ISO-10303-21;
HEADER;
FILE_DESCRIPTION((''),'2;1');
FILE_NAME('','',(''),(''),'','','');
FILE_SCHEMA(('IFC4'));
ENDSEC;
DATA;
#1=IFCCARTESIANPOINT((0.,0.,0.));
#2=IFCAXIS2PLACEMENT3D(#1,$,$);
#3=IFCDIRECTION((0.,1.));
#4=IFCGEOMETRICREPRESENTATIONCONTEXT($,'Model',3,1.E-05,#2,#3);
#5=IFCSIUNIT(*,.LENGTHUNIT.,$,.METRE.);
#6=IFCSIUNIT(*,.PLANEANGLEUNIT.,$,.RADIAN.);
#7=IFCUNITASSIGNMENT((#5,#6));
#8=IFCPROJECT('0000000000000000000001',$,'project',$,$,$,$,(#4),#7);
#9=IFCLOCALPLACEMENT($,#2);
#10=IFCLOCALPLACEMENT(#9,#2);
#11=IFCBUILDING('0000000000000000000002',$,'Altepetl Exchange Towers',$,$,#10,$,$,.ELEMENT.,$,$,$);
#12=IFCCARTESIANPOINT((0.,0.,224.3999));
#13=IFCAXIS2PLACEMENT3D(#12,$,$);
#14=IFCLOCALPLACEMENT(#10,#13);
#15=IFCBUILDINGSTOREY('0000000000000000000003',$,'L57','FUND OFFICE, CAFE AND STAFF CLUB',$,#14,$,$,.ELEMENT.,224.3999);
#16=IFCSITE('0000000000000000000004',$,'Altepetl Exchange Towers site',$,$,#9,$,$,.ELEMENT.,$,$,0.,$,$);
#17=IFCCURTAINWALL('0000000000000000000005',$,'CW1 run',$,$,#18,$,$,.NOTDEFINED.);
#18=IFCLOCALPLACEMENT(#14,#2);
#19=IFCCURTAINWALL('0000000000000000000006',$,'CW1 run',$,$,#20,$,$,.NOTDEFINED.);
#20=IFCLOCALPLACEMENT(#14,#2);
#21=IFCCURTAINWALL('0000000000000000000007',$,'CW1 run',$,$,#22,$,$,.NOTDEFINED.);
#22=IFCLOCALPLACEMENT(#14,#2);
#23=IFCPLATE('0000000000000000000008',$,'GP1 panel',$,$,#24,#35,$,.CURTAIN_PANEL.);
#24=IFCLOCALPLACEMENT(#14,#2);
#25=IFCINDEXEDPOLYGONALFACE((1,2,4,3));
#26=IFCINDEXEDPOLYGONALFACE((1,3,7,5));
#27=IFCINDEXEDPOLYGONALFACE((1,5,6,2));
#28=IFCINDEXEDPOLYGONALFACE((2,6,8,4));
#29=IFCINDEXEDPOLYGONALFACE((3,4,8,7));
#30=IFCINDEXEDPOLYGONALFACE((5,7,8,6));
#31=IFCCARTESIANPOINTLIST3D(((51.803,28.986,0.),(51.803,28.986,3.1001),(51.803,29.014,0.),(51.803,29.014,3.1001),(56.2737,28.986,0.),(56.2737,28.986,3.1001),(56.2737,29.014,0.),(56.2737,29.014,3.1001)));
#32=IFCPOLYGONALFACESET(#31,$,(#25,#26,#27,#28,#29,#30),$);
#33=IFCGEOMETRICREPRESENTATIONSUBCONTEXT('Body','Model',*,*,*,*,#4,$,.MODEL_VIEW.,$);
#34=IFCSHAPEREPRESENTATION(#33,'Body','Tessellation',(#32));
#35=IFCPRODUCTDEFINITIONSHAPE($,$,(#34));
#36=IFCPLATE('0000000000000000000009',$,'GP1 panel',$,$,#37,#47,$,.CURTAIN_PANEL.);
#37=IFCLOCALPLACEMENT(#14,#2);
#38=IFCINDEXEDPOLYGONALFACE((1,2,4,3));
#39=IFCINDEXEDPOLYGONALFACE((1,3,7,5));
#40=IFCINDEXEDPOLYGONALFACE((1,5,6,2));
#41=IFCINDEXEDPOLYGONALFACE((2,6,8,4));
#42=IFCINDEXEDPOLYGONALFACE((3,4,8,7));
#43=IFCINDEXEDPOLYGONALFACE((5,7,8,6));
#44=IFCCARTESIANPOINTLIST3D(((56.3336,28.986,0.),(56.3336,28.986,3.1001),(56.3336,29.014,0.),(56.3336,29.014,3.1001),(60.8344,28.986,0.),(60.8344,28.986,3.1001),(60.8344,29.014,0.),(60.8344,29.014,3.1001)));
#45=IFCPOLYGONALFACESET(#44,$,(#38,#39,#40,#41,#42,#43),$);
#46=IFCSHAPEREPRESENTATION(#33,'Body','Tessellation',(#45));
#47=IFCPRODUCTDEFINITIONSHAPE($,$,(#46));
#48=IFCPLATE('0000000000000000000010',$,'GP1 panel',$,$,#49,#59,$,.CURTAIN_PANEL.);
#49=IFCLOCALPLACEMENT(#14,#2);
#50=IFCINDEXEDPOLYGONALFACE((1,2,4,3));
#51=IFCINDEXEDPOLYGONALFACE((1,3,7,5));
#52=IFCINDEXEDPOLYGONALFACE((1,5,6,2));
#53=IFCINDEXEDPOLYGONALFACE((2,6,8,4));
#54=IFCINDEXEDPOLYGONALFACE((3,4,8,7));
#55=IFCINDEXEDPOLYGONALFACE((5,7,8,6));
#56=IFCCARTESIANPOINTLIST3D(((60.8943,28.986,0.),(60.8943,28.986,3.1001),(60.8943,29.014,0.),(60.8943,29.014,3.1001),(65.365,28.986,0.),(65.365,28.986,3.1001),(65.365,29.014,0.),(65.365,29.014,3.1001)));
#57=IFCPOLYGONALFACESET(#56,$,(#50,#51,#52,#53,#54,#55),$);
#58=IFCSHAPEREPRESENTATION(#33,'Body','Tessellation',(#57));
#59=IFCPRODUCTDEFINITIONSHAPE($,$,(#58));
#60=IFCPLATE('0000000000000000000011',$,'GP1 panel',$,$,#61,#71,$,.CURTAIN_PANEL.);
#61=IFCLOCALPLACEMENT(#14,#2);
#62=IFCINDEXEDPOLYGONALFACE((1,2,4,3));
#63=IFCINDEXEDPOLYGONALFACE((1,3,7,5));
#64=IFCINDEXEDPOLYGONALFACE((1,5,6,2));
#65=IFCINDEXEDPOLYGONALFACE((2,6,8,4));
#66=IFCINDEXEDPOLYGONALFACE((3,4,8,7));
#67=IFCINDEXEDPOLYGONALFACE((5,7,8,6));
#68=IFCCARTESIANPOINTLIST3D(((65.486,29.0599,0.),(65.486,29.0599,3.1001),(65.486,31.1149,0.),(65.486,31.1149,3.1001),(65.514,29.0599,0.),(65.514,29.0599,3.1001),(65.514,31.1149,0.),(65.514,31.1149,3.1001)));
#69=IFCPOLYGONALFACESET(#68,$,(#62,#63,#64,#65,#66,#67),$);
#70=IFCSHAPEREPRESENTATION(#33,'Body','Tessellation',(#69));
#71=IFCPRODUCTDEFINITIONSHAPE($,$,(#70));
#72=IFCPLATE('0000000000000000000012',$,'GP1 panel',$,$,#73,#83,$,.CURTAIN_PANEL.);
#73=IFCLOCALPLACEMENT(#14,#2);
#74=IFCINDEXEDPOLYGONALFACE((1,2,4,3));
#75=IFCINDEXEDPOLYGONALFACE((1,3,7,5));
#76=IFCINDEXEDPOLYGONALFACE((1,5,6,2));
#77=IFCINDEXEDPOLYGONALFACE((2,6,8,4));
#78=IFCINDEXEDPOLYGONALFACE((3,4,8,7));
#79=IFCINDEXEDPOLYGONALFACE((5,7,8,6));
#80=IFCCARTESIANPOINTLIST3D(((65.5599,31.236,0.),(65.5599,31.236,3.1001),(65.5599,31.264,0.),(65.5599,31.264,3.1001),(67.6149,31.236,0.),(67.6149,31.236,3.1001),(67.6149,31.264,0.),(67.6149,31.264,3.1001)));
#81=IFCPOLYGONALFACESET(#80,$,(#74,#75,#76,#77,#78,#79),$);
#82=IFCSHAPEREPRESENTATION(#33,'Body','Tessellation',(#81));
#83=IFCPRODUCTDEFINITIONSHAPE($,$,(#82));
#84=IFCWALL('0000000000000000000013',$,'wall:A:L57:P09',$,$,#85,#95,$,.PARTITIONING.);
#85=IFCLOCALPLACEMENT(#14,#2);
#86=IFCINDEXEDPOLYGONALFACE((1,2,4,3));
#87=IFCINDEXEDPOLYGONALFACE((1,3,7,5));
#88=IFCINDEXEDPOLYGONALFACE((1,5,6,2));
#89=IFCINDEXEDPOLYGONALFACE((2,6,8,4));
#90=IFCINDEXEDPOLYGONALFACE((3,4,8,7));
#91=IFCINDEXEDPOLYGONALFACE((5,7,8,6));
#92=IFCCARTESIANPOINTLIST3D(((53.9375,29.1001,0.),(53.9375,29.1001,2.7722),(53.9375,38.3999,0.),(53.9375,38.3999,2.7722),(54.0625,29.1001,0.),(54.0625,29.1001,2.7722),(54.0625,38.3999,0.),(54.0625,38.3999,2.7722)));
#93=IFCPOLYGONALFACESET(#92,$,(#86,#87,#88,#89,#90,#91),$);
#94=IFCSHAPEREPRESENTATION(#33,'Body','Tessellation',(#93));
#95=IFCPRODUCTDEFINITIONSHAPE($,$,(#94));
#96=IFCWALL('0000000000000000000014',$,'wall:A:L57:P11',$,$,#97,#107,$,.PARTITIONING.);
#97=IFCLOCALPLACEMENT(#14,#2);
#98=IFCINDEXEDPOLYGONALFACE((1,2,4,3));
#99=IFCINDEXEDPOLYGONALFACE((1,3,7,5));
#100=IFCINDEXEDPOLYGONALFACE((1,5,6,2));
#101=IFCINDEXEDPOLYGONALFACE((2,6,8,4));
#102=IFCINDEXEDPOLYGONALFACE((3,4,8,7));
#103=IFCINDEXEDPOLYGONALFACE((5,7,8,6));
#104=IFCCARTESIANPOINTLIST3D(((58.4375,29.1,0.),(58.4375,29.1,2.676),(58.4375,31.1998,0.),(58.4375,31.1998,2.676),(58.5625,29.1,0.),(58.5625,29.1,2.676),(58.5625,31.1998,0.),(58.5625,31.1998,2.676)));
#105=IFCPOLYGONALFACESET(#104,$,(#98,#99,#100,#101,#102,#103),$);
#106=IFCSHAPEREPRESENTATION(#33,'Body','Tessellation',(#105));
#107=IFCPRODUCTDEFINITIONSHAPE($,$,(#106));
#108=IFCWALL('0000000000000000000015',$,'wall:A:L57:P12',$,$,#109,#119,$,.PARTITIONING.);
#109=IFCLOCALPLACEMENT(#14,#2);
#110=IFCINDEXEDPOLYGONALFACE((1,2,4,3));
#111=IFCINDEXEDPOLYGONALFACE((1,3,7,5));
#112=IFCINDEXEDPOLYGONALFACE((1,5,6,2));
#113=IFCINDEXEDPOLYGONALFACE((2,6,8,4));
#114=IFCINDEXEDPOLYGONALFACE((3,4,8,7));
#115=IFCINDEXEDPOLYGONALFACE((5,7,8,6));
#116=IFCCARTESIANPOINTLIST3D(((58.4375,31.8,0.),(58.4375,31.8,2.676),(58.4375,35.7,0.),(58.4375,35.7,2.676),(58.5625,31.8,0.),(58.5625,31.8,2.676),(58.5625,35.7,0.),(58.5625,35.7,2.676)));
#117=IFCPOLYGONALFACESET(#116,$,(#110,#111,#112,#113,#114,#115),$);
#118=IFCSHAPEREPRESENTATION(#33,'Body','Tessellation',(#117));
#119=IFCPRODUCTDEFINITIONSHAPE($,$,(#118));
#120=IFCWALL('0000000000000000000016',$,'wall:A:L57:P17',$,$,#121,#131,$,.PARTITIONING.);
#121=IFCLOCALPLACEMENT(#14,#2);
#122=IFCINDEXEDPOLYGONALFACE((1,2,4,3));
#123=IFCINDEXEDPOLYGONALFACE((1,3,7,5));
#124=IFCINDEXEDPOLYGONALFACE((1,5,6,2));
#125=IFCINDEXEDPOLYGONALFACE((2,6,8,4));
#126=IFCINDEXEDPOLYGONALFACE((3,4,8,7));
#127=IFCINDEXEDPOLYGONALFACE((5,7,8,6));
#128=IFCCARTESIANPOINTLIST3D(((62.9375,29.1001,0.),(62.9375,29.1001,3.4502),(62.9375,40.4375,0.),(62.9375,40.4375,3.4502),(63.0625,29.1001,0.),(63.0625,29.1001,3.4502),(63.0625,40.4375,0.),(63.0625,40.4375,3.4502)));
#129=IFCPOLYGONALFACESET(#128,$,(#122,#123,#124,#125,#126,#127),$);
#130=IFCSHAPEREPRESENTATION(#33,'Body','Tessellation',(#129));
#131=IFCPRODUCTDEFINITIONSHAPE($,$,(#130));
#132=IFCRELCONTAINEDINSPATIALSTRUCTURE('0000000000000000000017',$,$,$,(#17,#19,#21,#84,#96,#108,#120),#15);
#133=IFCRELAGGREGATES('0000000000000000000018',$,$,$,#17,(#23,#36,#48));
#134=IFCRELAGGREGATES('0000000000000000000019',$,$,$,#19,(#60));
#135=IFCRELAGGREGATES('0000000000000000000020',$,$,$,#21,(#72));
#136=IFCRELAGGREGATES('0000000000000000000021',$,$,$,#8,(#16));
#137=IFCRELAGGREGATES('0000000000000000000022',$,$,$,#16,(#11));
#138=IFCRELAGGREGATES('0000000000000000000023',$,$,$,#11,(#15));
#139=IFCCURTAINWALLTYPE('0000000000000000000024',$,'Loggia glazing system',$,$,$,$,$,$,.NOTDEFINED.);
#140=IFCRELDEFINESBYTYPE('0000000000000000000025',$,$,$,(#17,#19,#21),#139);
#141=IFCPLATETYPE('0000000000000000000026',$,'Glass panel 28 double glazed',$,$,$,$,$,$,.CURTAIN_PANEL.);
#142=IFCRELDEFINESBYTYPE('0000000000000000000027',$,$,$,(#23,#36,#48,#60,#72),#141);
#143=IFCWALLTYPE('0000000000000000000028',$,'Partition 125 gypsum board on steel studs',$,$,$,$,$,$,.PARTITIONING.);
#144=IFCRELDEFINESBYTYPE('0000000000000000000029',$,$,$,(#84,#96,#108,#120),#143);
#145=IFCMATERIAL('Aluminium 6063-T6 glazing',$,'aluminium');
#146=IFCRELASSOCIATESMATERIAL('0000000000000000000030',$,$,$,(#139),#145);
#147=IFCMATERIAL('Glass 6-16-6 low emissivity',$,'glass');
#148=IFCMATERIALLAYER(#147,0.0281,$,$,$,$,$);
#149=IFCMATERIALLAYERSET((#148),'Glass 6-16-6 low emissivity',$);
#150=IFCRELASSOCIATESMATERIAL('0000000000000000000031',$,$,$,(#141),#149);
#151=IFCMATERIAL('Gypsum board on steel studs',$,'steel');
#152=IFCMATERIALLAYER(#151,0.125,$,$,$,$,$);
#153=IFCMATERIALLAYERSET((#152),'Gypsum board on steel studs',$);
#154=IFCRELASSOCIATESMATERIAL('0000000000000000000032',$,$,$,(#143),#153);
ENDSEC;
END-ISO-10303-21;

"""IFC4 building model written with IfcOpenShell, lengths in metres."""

from ifc_helpers import new_model, si_unit, direction, frame, frame_2d, origin, origin_2d, place, context, subcontext, project, spatial, rectangle, extrude, material, layer, layer_set, type_object, element, aggregate, save


model = new_model("IFC4")

# Units and contexts
model_context = context("Model", 3, precision=1e-05, world=origin(), true_north=direction((0.0, 1.0)))
body_context = subcontext(model_context, "Body", "Model", "MODEL_VIEW")
ifc_project = project(units=[si_unit("LENGTHUNIT", "METRE"), si_unit("PLANEANGLEUNIT", "RADIAN")], contexts=[model_context])

# Site, building, storey
site_placement = place(None, origin())
site = spatial("IfcSite", under=ifc_project, at=site_placement, Name="Altepetl Exchange Towers site", CompositionType="ELEMENT", RefElevation=0.0)
building_placement = place(site_placement, origin())
building = spatial("IfcBuilding", under=site, at=building_placement, Name="Altepetl Exchange Towers", CompositionType="ELEMENT")
storey_placement = place(building_placement, frame((0.0, 0.0, 224.3999)))
storey = spatial("IfcBuildingStorey", under=building, at=storey_placement, Name="L57", Description="FUND OFFICE, CAFE AND STAFF CLUB", CompositionType="ELEMENT", Elevation=224.3999)

# Curtain walls
ifc_material_1 = material(Name="Aluminium 6063-T6 glazing", Category="aluminium")
curtain_wall_type = type_object("IfcCurtainWallType", Name="Loggia glazing system", PredefinedType="NOTDEFINED", material=ifc_material_1)
curtain_wall_1_placement = place(storey_placement, origin())
curtain_wall_1 = element("IfcCurtainWall", 1, at=curtain_wall_1_placement, inside=storey, type_object=curtain_wall_type, Name="CW1 run", PredefinedType="NOTDEFINED")
curtain_wall_2_placement = place(storey_placement, origin())
curtain_wall_2 = element("IfcCurtainWall", 2, at=curtain_wall_2_placement, inside=storey, type_object=curtain_wall_type, Name="CW1 run", PredefinedType="NOTDEFINED")
curtain_wall_3_placement = place(storey_placement, origin())
curtain_wall_3 = element("IfcCurtainWall", 3, at=curtain_wall_3_placement, inside=storey, type_object=curtain_wall_type, Name="CW1 run", PredefinedType="NOTDEFINED")

# Plates
ifc_material_2 = material(Name="Glass 6-16-6 low emissivity", Category="glass")
ifc_layer_1 = layer(ifc_material_2, 0.0281)
ifc_layer_set_1 = layer_set([ifc_layer_1], Name="Glass 6-16-6 low emissivity")
plate_type = type_object("IfcPlateType", Name="Glass panel 28 double glazed", PredefinedType="CURTAIN_PANEL", material=ifc_layer_set_1)
plate_1_placement = place(storey_placement, frame((54.0383, 29.0, 0.0)))
plate_1 = element("IfcPlate", 4, at=plate_1_placement, type_object=plate_type, Name="GP1 panel", PredefinedType="CURTAIN_PANEL", context=body_context, shape_type="SweptSolid", body=[
    extrude(rectangle(XDim=4.4707, YDim=0.0281, at=origin_2d()), origin(), (0.0, 0.0, 1.0), 3.1001),
])
plate_2_placement = place(storey_placement, frame((58.584, 29.0, 0.0)))
plate_2 = element("IfcPlate", 5, at=plate_2_placement, type_object=plate_type, Name="GP1 panel", PredefinedType="CURTAIN_PANEL", context=body_context, shape_type="SweptSolid", body=[
    extrude(rectangle(XDim=4.5007, YDim=0.0281, at=origin_2d()), origin(), (0.0, 0.0, 1.0), 3.1001),
])
plate_3_placement = place(storey_placement, frame((63.1296, 29.0, 0.0)))
plate_3 = element("IfcPlate", 6, at=plate_3_placement, type_object=plate_type, Name="GP1 panel", PredefinedType="CURTAIN_PANEL", context=body_context, shape_type="SweptSolid", body=[
    extrude(rectangle(XDim=4.4707, YDim=0.0281, at=origin_2d()), origin(), (0.0, 0.0, 1.0), 3.1001),
])
aggregate(curtain_wall_1, [plate_1, plate_2, plate_3])
plate_4_placement = place(storey_placement, frame((65.5, 30.0874, 0.0), z_axis=(0.0, 0.0, 1.0), x_axis=(0.0, 1.0, 0.0)))
plate_4 = element("IfcPlate", 7, at=plate_4_placement, type_object=plate_type, Name="GP1 panel", PredefinedType="CURTAIN_PANEL", context=body_context, shape_type="SweptSolid", body=[
    extrude(rectangle(XDim=2.0549, YDim=0.0281, at=origin_2d()), origin(), (0.0, 0.0, 1.0), 3.1001),
])
aggregate(curtain_wall_2, [plate_4])
plate_5_placement = place(storey_placement, frame((66.5874, 31.25, 0.0)))
plate_5 = element("IfcPlate", 8, at=plate_5_placement, type_object=plate_type, Name="GP1 panel", PredefinedType="CURTAIN_PANEL", context=body_context, shape_type="SweptSolid", body=[
    extrude(rectangle(XDim=2.0549, YDim=0.0281, at=origin_2d()), origin(), (0.0, 0.0, 1.0), 3.1001),
])
aggregate(curtain_wall_3, [plate_5])

# Walls
ifc_material_3 = material(Name="Gypsum board on steel studs", Category="steel")
ifc_layer_2 = layer(ifc_material_3, 0.125)
ifc_layer_set_2 = layer_set([ifc_layer_2], Name="Gypsum board on steel studs")
wall_type = type_object("IfcWallType", Name="Partition 125 gypsum board on steel studs", PredefinedType="PARTITIONING", material=ifc_layer_set_2)
wall_1_placement = place(storey_placement, frame((54.0, 29.1001, 0.0), z_axis=(0.0, 0.0, 1.0), x_axis=(0.0, 1.0, 0.0)))
element("IfcWall", 9, at=wall_1_placement, inside=storey, type_object=wall_type, Name="wall:A:L57:P09", PredefinedType="PARTITIONING", context=body_context, shape_type="SweptSolid", body=[
    extrude(rectangle(XDim=9.2998, YDim=0.125, at=frame_2d((4.6499, 0.0))), origin(), (0.0, 0.0, 1.0), 2.7722),
])
wall_2_placement = place(storey_placement, frame((58.5, 29.1001, 0.0), z_axis=(0.0, 0.0, 1.0), x_axis=(0.0, 1.0, 0.0)))
element("IfcWall", 10, at=wall_2_placement, inside=storey, type_object=wall_type, Name="wall:A:L57:P11", PredefinedType="PARTITIONING", context=body_context, shape_type="SweptSolid", body=[
    extrude(rectangle(XDim=2.0999, YDim=0.125, at=frame_2d((1.0498, 0.0))), origin(), (0.0, 0.0, 1.0), 2.676),
])
wall_3_placement = place(storey_placement, frame((58.5, 31.8, 0.0), z_axis=(0.0, 0.0, 1.0), x_axis=(0.0, 1.0, 0.0)))
element("IfcWall", 11, at=wall_3_placement, inside=storey, type_object=wall_type, Name="wall:A:L57:P12", PredefinedType="PARTITIONING", context=body_context, shape_type="SweptSolid", body=[
    extrude(rectangle(XDim=3.8999, YDim=0.125, at=frame_2d((1.95, 0.0))), origin(), (0.0, 0.0, 1.0), 2.676),
])
wall_4_placement = place(storey_placement, frame((63.0, 29.1001, 0.0), z_axis=(0.0, 0.0, 1.0), x_axis=(0.0, 1.0, 0.0)))
element("IfcWall", 12, at=wall_4_placement, inside=storey, type_object=wall_type, Name="wall:A:L57:P17", PredefinedType="PARTITIONING", context=body_context, shape_type="SweptSolid", body=[
    extrude(rectangle(XDim=11.3374, YDim=0.125, at=frame_2d((5.6687, 0.0))), origin(), (0.0, 0.0, 1.0), 3.4502),
])

save(model, "model.ifc")
